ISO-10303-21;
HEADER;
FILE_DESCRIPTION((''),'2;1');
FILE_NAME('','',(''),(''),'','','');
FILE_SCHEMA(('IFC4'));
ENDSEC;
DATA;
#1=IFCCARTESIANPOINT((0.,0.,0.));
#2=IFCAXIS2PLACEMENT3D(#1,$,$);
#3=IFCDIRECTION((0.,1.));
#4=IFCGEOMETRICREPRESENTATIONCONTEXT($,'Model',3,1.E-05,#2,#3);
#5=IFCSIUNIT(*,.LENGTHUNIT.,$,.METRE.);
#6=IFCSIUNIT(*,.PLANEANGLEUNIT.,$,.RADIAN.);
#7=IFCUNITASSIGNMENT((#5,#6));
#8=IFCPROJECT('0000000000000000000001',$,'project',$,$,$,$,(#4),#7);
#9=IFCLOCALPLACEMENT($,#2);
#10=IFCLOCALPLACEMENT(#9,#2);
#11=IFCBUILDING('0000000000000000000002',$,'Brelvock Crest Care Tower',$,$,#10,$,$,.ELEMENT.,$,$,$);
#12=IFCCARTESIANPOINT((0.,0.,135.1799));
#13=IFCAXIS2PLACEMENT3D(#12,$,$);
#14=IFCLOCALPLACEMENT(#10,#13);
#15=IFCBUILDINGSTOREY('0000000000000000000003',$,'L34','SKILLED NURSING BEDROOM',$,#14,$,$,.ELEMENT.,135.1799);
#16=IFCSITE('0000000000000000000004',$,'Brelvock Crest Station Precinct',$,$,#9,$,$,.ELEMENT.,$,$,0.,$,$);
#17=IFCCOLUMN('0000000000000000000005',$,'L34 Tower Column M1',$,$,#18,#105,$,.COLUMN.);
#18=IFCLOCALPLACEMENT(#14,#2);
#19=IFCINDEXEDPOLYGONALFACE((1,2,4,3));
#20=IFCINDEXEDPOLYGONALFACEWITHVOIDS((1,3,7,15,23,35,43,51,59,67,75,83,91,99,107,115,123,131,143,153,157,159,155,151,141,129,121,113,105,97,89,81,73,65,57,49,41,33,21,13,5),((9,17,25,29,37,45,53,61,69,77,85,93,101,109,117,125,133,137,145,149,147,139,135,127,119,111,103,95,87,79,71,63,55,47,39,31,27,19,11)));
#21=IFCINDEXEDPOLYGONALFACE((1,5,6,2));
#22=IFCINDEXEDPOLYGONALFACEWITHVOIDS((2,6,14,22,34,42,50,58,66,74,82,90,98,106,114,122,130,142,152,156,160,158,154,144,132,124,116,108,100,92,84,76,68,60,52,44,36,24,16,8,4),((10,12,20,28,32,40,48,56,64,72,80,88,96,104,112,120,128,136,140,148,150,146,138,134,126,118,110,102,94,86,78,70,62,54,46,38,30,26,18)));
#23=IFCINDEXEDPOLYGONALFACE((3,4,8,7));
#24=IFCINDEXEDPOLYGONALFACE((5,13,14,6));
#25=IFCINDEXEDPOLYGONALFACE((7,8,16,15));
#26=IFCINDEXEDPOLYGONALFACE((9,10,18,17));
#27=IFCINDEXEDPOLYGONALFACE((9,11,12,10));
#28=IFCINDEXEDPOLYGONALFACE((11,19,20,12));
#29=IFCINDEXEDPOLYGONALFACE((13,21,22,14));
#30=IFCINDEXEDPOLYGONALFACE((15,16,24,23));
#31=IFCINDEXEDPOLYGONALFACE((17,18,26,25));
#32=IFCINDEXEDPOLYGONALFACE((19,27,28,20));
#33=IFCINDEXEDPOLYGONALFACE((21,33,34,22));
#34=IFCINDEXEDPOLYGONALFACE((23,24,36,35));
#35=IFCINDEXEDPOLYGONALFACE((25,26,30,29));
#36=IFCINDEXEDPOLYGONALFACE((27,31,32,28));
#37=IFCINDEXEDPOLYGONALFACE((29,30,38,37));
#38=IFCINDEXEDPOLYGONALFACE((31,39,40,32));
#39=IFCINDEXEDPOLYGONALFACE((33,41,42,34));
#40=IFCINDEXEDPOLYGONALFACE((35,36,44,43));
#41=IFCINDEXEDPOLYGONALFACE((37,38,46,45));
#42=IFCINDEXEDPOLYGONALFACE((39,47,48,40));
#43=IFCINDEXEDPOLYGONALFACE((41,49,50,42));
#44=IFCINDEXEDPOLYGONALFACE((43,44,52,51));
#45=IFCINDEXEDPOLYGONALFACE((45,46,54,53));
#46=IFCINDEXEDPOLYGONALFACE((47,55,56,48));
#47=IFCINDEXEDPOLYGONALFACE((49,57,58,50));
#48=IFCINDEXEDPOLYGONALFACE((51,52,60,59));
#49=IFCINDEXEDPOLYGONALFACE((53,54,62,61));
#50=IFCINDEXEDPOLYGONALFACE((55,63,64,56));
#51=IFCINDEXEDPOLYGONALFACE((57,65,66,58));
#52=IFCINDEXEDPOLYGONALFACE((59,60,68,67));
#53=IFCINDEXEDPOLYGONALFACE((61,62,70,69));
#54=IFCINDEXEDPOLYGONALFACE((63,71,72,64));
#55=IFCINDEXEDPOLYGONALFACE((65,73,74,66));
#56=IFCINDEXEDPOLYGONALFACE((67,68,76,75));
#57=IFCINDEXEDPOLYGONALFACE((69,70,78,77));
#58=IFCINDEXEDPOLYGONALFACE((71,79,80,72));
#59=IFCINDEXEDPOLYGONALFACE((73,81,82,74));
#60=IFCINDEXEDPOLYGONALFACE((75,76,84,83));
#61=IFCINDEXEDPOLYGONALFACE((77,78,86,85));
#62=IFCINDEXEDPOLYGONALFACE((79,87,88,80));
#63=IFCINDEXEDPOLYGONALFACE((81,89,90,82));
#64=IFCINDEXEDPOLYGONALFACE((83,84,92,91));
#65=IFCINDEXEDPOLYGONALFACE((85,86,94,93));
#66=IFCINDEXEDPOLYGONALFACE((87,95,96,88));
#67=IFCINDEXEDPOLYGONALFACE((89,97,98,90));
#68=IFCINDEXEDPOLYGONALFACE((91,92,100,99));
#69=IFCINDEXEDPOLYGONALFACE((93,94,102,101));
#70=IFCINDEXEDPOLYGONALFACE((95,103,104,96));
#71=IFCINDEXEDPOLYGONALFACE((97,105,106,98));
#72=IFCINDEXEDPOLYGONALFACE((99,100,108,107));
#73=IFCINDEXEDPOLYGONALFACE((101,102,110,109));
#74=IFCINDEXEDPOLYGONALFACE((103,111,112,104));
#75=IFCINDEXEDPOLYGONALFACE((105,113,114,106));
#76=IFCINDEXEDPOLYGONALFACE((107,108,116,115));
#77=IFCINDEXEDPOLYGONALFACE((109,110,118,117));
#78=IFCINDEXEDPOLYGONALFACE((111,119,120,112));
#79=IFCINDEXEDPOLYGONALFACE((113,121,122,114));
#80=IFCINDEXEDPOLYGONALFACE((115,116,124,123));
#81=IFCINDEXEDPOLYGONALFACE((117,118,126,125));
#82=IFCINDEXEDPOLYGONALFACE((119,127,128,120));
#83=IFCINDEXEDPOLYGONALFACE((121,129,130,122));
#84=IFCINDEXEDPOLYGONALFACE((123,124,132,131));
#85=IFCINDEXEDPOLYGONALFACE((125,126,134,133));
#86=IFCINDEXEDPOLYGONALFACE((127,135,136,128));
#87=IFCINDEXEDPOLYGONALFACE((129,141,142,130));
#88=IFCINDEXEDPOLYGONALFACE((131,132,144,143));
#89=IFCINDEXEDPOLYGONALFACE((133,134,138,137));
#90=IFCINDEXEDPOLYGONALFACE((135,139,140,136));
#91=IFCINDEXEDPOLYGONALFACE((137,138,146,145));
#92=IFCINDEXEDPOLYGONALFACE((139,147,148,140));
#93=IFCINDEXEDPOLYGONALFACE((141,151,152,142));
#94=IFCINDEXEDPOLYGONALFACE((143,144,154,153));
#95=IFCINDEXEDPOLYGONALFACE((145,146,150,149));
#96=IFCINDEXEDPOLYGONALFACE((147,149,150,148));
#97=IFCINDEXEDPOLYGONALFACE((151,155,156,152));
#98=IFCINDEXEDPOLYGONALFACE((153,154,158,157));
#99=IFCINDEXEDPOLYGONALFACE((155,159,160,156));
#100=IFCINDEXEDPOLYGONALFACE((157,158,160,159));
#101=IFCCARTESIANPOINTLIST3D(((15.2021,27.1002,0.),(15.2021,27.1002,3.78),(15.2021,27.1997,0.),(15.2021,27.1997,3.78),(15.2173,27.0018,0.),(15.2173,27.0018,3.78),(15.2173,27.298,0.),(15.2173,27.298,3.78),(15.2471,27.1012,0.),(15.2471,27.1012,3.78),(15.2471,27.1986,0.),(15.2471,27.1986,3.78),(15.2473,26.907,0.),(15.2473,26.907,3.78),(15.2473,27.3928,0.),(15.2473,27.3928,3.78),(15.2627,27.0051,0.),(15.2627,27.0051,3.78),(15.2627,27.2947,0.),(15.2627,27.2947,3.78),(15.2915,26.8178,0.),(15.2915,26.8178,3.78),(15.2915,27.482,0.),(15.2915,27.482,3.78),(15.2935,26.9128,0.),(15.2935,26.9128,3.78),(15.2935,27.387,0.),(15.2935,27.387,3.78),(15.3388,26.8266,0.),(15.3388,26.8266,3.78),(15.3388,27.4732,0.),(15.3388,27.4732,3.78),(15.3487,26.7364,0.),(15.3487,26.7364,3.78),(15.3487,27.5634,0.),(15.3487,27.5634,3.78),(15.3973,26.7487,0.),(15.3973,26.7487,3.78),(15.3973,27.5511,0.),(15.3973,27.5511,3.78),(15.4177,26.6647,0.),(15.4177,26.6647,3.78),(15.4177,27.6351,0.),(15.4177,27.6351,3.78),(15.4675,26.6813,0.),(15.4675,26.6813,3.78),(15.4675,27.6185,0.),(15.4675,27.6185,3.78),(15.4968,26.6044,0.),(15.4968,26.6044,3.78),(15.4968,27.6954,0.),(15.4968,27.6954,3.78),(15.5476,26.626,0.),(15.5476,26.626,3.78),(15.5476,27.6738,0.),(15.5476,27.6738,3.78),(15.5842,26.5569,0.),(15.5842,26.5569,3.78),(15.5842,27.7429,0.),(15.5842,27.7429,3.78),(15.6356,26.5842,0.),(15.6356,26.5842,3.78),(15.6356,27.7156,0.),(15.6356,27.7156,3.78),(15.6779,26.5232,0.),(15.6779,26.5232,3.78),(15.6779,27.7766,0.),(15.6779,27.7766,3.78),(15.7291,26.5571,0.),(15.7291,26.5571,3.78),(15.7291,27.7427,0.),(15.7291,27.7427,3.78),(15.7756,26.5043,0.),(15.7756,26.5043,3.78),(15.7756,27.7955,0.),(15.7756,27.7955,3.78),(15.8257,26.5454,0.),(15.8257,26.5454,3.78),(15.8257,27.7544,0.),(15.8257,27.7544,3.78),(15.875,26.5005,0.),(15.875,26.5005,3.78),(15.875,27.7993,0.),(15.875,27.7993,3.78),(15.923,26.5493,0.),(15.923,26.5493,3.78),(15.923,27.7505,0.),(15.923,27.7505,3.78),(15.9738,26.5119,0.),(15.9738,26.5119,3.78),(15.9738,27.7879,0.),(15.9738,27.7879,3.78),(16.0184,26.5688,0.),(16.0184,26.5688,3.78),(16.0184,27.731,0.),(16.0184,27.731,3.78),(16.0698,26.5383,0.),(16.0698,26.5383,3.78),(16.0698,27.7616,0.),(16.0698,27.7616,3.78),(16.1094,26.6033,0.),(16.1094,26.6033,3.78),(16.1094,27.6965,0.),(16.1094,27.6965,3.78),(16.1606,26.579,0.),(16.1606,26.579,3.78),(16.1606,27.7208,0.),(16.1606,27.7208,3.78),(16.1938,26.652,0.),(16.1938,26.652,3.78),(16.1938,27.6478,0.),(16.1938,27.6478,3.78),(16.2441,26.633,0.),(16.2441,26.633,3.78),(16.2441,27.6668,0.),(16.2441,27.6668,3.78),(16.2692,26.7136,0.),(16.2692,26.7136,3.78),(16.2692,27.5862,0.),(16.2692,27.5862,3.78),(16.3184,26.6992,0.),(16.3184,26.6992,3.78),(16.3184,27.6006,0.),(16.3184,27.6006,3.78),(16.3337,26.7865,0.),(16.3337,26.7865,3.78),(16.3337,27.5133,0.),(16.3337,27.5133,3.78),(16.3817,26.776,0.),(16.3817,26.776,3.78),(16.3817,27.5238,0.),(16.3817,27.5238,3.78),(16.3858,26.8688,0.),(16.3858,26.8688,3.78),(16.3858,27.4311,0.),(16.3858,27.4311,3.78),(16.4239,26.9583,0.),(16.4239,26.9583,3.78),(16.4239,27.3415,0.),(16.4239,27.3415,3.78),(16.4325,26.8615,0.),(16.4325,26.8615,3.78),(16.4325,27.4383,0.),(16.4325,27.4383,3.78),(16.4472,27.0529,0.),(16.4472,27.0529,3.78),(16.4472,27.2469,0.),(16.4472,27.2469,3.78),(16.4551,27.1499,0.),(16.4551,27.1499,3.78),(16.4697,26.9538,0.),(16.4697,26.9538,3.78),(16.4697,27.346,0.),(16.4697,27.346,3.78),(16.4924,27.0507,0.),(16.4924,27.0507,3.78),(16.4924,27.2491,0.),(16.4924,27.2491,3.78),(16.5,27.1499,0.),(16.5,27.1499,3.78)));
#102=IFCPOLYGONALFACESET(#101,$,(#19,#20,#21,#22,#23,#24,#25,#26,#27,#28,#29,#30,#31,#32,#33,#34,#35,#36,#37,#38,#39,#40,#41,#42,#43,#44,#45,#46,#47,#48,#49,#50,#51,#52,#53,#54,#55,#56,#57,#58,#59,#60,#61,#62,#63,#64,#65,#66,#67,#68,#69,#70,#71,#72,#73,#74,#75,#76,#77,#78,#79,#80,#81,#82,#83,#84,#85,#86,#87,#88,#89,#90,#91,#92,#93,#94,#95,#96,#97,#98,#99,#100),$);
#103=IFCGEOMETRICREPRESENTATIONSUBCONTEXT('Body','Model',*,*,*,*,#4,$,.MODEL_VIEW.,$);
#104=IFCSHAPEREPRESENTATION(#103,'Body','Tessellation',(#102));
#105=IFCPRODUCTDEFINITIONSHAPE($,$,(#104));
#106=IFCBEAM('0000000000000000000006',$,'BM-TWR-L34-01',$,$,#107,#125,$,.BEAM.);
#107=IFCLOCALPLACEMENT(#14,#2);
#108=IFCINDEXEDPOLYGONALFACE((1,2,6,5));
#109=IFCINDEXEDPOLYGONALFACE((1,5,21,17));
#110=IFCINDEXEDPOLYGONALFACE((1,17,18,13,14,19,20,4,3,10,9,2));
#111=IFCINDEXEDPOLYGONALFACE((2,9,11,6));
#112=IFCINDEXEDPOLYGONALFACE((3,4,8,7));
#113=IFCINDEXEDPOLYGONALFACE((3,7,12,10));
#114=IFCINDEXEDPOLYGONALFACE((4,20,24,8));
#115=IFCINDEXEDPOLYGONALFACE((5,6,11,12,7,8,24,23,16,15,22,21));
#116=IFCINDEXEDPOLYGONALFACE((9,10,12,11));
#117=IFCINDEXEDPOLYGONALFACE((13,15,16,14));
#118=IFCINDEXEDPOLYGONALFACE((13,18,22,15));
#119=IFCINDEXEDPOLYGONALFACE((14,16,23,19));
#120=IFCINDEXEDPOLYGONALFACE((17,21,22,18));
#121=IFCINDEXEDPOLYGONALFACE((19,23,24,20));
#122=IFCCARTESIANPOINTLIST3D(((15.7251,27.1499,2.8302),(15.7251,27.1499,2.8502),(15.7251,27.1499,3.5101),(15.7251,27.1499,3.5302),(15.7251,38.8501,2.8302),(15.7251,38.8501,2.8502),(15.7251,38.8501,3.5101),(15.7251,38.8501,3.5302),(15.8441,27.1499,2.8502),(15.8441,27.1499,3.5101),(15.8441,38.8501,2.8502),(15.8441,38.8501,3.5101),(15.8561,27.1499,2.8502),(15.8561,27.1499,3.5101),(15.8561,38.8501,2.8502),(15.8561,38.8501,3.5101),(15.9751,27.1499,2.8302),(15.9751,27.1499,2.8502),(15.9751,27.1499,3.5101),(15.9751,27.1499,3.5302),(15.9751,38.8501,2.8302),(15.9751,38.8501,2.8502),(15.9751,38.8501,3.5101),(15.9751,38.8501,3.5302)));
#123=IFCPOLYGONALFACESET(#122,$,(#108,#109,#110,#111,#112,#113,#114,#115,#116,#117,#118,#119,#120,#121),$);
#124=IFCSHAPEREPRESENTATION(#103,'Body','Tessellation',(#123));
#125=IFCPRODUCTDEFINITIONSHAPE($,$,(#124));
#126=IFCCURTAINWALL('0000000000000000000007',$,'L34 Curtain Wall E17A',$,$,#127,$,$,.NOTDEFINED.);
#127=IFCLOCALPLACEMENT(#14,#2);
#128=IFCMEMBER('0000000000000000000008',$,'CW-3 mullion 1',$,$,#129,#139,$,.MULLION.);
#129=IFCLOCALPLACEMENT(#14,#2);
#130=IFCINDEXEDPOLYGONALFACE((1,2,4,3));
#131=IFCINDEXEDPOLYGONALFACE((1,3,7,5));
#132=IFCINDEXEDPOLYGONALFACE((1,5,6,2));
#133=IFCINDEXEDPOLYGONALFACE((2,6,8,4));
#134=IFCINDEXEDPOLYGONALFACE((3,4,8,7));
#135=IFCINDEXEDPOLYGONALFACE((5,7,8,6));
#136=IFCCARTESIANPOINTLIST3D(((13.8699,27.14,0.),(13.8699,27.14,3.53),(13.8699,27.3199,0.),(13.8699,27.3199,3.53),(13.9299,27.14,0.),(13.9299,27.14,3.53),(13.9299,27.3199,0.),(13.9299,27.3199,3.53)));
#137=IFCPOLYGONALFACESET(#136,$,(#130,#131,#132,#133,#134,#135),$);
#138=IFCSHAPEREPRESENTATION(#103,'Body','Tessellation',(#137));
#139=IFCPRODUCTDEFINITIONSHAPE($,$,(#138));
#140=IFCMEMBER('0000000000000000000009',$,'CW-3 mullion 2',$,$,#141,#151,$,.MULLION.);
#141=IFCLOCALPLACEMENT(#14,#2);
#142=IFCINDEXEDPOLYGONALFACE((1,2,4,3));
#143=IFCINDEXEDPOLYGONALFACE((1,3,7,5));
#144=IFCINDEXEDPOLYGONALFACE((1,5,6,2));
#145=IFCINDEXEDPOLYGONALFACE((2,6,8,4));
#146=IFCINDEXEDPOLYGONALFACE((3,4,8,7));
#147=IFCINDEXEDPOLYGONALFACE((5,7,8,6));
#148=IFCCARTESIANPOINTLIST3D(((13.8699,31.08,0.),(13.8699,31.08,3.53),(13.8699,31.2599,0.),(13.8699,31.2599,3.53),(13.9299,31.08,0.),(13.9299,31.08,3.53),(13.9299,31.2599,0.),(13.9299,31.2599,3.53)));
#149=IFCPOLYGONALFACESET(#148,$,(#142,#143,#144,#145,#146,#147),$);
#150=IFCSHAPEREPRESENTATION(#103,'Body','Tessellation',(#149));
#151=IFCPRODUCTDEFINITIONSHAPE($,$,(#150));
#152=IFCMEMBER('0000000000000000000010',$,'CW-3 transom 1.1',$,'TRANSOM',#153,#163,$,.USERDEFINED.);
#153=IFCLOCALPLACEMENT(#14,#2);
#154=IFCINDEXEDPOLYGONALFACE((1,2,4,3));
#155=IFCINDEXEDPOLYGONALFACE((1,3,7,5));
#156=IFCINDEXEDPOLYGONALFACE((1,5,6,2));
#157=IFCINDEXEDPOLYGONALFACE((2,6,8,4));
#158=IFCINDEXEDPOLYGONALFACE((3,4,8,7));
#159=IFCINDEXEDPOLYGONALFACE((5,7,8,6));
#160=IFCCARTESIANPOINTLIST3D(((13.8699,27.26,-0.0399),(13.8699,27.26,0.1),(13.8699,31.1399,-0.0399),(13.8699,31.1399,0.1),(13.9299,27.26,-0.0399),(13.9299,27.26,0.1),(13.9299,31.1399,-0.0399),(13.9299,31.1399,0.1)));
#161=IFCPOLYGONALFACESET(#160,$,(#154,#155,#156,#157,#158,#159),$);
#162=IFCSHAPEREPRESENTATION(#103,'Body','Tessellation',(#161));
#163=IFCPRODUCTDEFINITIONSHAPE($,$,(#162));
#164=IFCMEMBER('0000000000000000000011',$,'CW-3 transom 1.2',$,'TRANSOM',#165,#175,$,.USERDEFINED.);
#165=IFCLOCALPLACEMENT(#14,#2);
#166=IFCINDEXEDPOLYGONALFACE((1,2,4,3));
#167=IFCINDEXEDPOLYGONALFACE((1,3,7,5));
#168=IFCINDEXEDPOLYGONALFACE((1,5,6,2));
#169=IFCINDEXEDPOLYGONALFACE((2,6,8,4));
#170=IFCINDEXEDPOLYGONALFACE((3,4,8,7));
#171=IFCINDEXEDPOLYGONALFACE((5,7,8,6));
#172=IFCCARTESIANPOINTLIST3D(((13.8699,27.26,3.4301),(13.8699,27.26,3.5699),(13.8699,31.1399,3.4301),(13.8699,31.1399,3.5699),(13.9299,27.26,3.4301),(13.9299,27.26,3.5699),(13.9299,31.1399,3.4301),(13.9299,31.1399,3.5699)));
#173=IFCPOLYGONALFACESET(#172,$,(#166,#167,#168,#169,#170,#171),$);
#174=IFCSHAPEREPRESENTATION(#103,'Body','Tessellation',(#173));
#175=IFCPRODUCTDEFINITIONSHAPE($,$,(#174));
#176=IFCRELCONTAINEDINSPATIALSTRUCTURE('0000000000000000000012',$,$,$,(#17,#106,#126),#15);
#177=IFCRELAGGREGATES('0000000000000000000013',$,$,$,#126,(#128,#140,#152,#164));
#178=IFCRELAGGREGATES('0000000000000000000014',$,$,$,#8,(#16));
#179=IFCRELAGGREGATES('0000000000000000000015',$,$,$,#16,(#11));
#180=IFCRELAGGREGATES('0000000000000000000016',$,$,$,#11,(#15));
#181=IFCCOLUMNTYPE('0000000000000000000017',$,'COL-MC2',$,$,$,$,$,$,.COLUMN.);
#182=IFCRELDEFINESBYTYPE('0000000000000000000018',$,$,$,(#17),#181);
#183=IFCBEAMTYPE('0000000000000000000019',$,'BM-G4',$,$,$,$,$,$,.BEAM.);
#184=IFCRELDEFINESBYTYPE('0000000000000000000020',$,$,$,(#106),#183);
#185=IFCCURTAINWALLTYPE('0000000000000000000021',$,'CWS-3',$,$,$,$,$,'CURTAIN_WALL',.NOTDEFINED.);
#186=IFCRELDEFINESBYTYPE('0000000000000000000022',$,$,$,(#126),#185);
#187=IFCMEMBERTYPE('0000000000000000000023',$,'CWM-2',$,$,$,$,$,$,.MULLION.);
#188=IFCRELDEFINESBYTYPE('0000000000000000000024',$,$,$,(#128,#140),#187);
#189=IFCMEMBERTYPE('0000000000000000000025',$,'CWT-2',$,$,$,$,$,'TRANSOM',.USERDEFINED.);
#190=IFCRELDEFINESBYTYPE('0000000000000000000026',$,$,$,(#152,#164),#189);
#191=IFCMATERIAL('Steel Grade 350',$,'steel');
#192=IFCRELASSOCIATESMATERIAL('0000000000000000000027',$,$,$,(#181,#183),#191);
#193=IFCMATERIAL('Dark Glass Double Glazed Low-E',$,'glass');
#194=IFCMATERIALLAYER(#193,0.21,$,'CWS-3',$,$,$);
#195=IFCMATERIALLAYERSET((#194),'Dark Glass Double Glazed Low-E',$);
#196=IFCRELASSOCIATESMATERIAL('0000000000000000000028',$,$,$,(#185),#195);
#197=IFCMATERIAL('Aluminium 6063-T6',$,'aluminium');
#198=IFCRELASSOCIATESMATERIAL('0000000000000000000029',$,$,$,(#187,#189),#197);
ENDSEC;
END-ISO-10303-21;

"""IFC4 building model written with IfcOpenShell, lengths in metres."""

from ifc_helpers import new_model, si_unit, direction, frame, origin, origin_2d, place, context, subcontext, project, spatial, rectangle, hollow_circle, i_section, extrude, source, transform, mapped, material, layer, layer_set, material_profile, profile_set, type_object, element, aggregate, save


model = new_model("IFC4")

# Units and contexts
model_context = context("Model", 3, precision=1e-05, world=origin(), true_north=direction((0.0, 1.0)))
body_context = subcontext(model_context, "Body", "Model", "MODEL_VIEW")
ifc_project = project(units=[si_unit("LENGTHUNIT", "METRE"), si_unit("PLANEANGLEUNIT", "RADIAN")], contexts=[model_context])

# Site, building, storey
site_placement = place(None, origin())
site = spatial("IfcSite", under=ifc_project, at=site_placement, Name="Brelvock Crest Station Precinct", CompositionType="ELEMENT", RefElevation=0.0)
building_placement = place(site_placement, origin())
building = spatial("IfcBuilding", under=site, at=building_placement, Name="Brelvock Crest Care Tower", CompositionType="ELEMENT")
storey_placement = place(building_placement, frame((0.0, 0.0, 135.1799)))
storey = spatial("IfcBuildingStorey", under=building, at=storey_placement, Name="L34", Description="SKILLED NURSING BEDROOM", CompositionType="ELEMENT", Elevation=135.1799)

# Column
ifc_material_1 = material(Name="Steel Grade 350", Category="steel")
ifc_material_profile_1 = material_profile(ifc_material_1, hollow_circle(Radius=0.6499, WallThickness=0.0449, at=origin_2d()), Name="CFT1300x45")
ifc_profile_set_1 = profile_set([ifc_material_profile_1], Name="Steel Grade 350")
column_type = type_object("IfcColumnType", Name="COL-MC2", PredefinedType="COLUMN", material=ifc_profile_set_1)
shared_shape_1 = source(origin(), body_context, "Body", "SweptSolid", [
    extrude(hollow_circle(Radius=0.6499, WallThickness=0.0449, at=origin_2d()), origin(), (0.0, 0.0, 1.0), 3.78),
])
column_placement = place(storey_placement, frame((15.8501, 27.1499, 0.0), z_axis=(0.0, 0.0, 1.0), x_axis=(1.0, 0.0, 0.0)))
element("IfcColumn", 1, at=column_placement, inside=storey, type_object=column_type, Name="L34 Tower Column M1", PredefinedType="COLUMN", context=body_context, shape_type="MappedRepresentation", body=[
    mapped(shared_shape_1, transform((0.0, 0.0, 0.0), x_axis=(1.0, 0.0, 0.0), y_axis=(0.0, 1.0, 0.0), z_axis=(0.0, 0.0, 1.0), scale=1.0)),
])

# Beam
ifc_material_profile_2 = material_profile(ifc_material_1, i_section(OverallWidth=0.25, OverallDepth=0.7, WebThickness=0.012, FlangeThickness=0.02, at=origin_2d()), Name="700WB150")
ifc_profile_set_2 = profile_set([ifc_material_profile_2], Name="Steel Grade 350")
beam_type = type_object("IfcBeamType", Name="BM-G4", PredefinedType="BEAM", material=ifc_profile_set_2)
shared_shape_2 = source(origin(), body_context, "Body", "SweptSolid", [
    extrude(i_section(OverallWidth=0.25, OverallDepth=0.7, WebThickness=0.012, FlangeThickness=0.02, at=origin_2d()), origin(), (0.0, 0.0, 1.0), 11.7002),
])
beam_placement = place(storey_placement, frame((15.8501, 27.1499, 3.1802), z_axis=(0.0, 1.0, 0.0), x_axis=(-1.0, 0.0, 0.0)))
element("IfcBeam", 2, at=beam_placement, inside=storey, type_object=beam_type, Name="BM-TWR-L34-01", PredefinedType="BEAM", context=body_context, shape_type="MappedRepresentation", body=[
    mapped(shared_shape_2, transform((0.0, 0.0, 0.0), x_axis=(1.0, 0.0, 0.0), y_axis=(0.0, 1.0, 0.0), z_axis=(0.0, 0.0, 1.0), scale=1.0)),
])

# Curtain wall, members
ifc_material_2 = material(Name="Dark Glass Double Glazed Low-E", Category="glass")
ifc_layer_1 = layer(ifc_material_2, 0.21, Name="CWS-3")
ifc_layer_set_1 = layer_set([ifc_layer_1], Name="Dark Glass Double Glazed Low-E")
curtain_wall_type = type_object("IfcCurtainWallType", Name="CWS-3", ElementType="CURTAIN_WALL", PredefinedType="NOTDEFINED", material=ifc_layer_set_1)
curtain_wall_placement = place(storey_placement, origin())
curtain_wall = element("IfcCurtainWall", 3, at=curtain_wall_placement, inside=storey, type_object=curtain_wall_type, Name="L34 Curtain Wall E17A", PredefinedType="NOTDEFINED")
ifc_material_3 = material(Name="Aluminium 6063-T6", Category="aluminium")
ifc_material_profile_3 = material_profile(ifc_material_3, rectangle(XDim=0.0601, YDim=0.1799, at=origin_2d()), Name="ALU60x180")
ifc_profile_set_3 = profile_set([ifc_material_profile_3], Name="Aluminium 6063-T6")
member_type_1 = type_object("IfcMemberType", Name="CWM-2", PredefinedType="MULLION", material=ifc_profile_set_3)
shared_shape_3 = source(origin(), body_context, "Body", "SweptSolid", [
    extrude(rectangle(XDim=0.0601, YDim=0.1799, at=origin_2d()), origin(), (0.0, 0.0, 1.0), 3.53),
])
member_1_placement = place(storey_placement, frame((13.8999, 27.23, 0.0), z_axis=(0.0, 0.0, 1.0), x_axis=(-1.0, 0.0, 0.0)))
member_1 = element("IfcMember", 4, at=member_1_placement, type_object=member_type_1, Name="CW-3 mullion 1", PredefinedType="MULLION", context=body_context, shape_type="MappedRepresentation", body=[
    mapped(shared_shape_3, transform((0.0, 0.0, 0.0), x_axis=(1.0, 0.0, 0.0), y_axis=(0.0, 1.0, 0.0), z_axis=(0.0, 0.0, 1.0), scale=1.0)),
])
member_2_placement = place(storey_placement, frame((13.8999, 31.1699, 0.0), z_axis=(0.0, 0.0, 1.0), x_axis=(-1.0, 0.0, 0.0)))
member_2 = element("IfcMember", 5, at=member_2_placement, type_object=member_type_1, Name="CW-3 mullion 2", PredefinedType="MULLION", context=body_context, shape_type="MappedRepresentation", body=[
    mapped(shared_shape_3, transform((0.0, 0.0, 0.0), x_axis=(1.0, 0.0, 0.0), y_axis=(0.0, 1.0, 0.0), z_axis=(0.0, 0.0, 1.0), scale=1.0)),
])
ifc_material_profile_4 = material_profile(ifc_material_3, rectangle(XDim=0.0601, YDim=0.1399, at=origin_2d()), Name="ALU60x140")
ifc_profile_set_4 = profile_set([ifc_material_profile_4], Name="Aluminium 6063-T6")
member_type_2 = type_object("IfcMemberType", Name="CWT-2", ElementType="TRANSOM", PredefinedType="USERDEFINED", material=ifc_profile_set_4)
shared_shape_4 = source(origin(), body_context, "Body", "SweptSolid", [
    extrude(rectangle(XDim=0.0601, YDim=0.1399, at=origin_2d()), origin(), (0.0, 0.0, 1.0), 3.8799),
])
member_3_placement = place(storey_placement, frame((13.8999, 27.26, 0.03), z_axis=(0.0, 1.0, 0.0), x_axis=(-1.0, 0.0, 0.0)))
member_3 = element("IfcMember", 6, at=member_3_placement, type_object=member_type_2, Name="CW-3 transom 1.1", ObjectType="TRANSOM", PredefinedType="USERDEFINED", context=body_context, shape_type="MappedRepresentation", body=[
    mapped(shared_shape_4, transform((0.0, 0.0, 0.0), x_axis=(1.0, 0.0, 0.0), y_axis=(0.0, 1.0, 0.0), z_axis=(0.0, 0.0, 1.0), scale=1.0)),
])
member_4_placement = place(storey_placement, frame((13.8999, 27.26, 3.5), z_axis=(0.0, 1.0, 0.0), x_axis=(-1.0, 0.0, 0.0)))
member_4 = element("IfcMember", 7, at=member_4_placement, type_object=member_type_2, Name="CW-3 transom 1.2", ObjectType="TRANSOM", PredefinedType="USERDEFINED", context=body_context, shape_type="MappedRepresentation", body=[
    mapped(shared_shape_4, transform((0.0, 0.0, 0.0), x_axis=(1.0, 0.0, 0.0), y_axis=(0.0, 1.0, 0.0), z_axis=(0.0, 0.0, 1.0), scale=1.0)),
])
aggregate(curtain_wall, [member_1, member_2, member_3, member_4])

save(model, "model.ifc")
